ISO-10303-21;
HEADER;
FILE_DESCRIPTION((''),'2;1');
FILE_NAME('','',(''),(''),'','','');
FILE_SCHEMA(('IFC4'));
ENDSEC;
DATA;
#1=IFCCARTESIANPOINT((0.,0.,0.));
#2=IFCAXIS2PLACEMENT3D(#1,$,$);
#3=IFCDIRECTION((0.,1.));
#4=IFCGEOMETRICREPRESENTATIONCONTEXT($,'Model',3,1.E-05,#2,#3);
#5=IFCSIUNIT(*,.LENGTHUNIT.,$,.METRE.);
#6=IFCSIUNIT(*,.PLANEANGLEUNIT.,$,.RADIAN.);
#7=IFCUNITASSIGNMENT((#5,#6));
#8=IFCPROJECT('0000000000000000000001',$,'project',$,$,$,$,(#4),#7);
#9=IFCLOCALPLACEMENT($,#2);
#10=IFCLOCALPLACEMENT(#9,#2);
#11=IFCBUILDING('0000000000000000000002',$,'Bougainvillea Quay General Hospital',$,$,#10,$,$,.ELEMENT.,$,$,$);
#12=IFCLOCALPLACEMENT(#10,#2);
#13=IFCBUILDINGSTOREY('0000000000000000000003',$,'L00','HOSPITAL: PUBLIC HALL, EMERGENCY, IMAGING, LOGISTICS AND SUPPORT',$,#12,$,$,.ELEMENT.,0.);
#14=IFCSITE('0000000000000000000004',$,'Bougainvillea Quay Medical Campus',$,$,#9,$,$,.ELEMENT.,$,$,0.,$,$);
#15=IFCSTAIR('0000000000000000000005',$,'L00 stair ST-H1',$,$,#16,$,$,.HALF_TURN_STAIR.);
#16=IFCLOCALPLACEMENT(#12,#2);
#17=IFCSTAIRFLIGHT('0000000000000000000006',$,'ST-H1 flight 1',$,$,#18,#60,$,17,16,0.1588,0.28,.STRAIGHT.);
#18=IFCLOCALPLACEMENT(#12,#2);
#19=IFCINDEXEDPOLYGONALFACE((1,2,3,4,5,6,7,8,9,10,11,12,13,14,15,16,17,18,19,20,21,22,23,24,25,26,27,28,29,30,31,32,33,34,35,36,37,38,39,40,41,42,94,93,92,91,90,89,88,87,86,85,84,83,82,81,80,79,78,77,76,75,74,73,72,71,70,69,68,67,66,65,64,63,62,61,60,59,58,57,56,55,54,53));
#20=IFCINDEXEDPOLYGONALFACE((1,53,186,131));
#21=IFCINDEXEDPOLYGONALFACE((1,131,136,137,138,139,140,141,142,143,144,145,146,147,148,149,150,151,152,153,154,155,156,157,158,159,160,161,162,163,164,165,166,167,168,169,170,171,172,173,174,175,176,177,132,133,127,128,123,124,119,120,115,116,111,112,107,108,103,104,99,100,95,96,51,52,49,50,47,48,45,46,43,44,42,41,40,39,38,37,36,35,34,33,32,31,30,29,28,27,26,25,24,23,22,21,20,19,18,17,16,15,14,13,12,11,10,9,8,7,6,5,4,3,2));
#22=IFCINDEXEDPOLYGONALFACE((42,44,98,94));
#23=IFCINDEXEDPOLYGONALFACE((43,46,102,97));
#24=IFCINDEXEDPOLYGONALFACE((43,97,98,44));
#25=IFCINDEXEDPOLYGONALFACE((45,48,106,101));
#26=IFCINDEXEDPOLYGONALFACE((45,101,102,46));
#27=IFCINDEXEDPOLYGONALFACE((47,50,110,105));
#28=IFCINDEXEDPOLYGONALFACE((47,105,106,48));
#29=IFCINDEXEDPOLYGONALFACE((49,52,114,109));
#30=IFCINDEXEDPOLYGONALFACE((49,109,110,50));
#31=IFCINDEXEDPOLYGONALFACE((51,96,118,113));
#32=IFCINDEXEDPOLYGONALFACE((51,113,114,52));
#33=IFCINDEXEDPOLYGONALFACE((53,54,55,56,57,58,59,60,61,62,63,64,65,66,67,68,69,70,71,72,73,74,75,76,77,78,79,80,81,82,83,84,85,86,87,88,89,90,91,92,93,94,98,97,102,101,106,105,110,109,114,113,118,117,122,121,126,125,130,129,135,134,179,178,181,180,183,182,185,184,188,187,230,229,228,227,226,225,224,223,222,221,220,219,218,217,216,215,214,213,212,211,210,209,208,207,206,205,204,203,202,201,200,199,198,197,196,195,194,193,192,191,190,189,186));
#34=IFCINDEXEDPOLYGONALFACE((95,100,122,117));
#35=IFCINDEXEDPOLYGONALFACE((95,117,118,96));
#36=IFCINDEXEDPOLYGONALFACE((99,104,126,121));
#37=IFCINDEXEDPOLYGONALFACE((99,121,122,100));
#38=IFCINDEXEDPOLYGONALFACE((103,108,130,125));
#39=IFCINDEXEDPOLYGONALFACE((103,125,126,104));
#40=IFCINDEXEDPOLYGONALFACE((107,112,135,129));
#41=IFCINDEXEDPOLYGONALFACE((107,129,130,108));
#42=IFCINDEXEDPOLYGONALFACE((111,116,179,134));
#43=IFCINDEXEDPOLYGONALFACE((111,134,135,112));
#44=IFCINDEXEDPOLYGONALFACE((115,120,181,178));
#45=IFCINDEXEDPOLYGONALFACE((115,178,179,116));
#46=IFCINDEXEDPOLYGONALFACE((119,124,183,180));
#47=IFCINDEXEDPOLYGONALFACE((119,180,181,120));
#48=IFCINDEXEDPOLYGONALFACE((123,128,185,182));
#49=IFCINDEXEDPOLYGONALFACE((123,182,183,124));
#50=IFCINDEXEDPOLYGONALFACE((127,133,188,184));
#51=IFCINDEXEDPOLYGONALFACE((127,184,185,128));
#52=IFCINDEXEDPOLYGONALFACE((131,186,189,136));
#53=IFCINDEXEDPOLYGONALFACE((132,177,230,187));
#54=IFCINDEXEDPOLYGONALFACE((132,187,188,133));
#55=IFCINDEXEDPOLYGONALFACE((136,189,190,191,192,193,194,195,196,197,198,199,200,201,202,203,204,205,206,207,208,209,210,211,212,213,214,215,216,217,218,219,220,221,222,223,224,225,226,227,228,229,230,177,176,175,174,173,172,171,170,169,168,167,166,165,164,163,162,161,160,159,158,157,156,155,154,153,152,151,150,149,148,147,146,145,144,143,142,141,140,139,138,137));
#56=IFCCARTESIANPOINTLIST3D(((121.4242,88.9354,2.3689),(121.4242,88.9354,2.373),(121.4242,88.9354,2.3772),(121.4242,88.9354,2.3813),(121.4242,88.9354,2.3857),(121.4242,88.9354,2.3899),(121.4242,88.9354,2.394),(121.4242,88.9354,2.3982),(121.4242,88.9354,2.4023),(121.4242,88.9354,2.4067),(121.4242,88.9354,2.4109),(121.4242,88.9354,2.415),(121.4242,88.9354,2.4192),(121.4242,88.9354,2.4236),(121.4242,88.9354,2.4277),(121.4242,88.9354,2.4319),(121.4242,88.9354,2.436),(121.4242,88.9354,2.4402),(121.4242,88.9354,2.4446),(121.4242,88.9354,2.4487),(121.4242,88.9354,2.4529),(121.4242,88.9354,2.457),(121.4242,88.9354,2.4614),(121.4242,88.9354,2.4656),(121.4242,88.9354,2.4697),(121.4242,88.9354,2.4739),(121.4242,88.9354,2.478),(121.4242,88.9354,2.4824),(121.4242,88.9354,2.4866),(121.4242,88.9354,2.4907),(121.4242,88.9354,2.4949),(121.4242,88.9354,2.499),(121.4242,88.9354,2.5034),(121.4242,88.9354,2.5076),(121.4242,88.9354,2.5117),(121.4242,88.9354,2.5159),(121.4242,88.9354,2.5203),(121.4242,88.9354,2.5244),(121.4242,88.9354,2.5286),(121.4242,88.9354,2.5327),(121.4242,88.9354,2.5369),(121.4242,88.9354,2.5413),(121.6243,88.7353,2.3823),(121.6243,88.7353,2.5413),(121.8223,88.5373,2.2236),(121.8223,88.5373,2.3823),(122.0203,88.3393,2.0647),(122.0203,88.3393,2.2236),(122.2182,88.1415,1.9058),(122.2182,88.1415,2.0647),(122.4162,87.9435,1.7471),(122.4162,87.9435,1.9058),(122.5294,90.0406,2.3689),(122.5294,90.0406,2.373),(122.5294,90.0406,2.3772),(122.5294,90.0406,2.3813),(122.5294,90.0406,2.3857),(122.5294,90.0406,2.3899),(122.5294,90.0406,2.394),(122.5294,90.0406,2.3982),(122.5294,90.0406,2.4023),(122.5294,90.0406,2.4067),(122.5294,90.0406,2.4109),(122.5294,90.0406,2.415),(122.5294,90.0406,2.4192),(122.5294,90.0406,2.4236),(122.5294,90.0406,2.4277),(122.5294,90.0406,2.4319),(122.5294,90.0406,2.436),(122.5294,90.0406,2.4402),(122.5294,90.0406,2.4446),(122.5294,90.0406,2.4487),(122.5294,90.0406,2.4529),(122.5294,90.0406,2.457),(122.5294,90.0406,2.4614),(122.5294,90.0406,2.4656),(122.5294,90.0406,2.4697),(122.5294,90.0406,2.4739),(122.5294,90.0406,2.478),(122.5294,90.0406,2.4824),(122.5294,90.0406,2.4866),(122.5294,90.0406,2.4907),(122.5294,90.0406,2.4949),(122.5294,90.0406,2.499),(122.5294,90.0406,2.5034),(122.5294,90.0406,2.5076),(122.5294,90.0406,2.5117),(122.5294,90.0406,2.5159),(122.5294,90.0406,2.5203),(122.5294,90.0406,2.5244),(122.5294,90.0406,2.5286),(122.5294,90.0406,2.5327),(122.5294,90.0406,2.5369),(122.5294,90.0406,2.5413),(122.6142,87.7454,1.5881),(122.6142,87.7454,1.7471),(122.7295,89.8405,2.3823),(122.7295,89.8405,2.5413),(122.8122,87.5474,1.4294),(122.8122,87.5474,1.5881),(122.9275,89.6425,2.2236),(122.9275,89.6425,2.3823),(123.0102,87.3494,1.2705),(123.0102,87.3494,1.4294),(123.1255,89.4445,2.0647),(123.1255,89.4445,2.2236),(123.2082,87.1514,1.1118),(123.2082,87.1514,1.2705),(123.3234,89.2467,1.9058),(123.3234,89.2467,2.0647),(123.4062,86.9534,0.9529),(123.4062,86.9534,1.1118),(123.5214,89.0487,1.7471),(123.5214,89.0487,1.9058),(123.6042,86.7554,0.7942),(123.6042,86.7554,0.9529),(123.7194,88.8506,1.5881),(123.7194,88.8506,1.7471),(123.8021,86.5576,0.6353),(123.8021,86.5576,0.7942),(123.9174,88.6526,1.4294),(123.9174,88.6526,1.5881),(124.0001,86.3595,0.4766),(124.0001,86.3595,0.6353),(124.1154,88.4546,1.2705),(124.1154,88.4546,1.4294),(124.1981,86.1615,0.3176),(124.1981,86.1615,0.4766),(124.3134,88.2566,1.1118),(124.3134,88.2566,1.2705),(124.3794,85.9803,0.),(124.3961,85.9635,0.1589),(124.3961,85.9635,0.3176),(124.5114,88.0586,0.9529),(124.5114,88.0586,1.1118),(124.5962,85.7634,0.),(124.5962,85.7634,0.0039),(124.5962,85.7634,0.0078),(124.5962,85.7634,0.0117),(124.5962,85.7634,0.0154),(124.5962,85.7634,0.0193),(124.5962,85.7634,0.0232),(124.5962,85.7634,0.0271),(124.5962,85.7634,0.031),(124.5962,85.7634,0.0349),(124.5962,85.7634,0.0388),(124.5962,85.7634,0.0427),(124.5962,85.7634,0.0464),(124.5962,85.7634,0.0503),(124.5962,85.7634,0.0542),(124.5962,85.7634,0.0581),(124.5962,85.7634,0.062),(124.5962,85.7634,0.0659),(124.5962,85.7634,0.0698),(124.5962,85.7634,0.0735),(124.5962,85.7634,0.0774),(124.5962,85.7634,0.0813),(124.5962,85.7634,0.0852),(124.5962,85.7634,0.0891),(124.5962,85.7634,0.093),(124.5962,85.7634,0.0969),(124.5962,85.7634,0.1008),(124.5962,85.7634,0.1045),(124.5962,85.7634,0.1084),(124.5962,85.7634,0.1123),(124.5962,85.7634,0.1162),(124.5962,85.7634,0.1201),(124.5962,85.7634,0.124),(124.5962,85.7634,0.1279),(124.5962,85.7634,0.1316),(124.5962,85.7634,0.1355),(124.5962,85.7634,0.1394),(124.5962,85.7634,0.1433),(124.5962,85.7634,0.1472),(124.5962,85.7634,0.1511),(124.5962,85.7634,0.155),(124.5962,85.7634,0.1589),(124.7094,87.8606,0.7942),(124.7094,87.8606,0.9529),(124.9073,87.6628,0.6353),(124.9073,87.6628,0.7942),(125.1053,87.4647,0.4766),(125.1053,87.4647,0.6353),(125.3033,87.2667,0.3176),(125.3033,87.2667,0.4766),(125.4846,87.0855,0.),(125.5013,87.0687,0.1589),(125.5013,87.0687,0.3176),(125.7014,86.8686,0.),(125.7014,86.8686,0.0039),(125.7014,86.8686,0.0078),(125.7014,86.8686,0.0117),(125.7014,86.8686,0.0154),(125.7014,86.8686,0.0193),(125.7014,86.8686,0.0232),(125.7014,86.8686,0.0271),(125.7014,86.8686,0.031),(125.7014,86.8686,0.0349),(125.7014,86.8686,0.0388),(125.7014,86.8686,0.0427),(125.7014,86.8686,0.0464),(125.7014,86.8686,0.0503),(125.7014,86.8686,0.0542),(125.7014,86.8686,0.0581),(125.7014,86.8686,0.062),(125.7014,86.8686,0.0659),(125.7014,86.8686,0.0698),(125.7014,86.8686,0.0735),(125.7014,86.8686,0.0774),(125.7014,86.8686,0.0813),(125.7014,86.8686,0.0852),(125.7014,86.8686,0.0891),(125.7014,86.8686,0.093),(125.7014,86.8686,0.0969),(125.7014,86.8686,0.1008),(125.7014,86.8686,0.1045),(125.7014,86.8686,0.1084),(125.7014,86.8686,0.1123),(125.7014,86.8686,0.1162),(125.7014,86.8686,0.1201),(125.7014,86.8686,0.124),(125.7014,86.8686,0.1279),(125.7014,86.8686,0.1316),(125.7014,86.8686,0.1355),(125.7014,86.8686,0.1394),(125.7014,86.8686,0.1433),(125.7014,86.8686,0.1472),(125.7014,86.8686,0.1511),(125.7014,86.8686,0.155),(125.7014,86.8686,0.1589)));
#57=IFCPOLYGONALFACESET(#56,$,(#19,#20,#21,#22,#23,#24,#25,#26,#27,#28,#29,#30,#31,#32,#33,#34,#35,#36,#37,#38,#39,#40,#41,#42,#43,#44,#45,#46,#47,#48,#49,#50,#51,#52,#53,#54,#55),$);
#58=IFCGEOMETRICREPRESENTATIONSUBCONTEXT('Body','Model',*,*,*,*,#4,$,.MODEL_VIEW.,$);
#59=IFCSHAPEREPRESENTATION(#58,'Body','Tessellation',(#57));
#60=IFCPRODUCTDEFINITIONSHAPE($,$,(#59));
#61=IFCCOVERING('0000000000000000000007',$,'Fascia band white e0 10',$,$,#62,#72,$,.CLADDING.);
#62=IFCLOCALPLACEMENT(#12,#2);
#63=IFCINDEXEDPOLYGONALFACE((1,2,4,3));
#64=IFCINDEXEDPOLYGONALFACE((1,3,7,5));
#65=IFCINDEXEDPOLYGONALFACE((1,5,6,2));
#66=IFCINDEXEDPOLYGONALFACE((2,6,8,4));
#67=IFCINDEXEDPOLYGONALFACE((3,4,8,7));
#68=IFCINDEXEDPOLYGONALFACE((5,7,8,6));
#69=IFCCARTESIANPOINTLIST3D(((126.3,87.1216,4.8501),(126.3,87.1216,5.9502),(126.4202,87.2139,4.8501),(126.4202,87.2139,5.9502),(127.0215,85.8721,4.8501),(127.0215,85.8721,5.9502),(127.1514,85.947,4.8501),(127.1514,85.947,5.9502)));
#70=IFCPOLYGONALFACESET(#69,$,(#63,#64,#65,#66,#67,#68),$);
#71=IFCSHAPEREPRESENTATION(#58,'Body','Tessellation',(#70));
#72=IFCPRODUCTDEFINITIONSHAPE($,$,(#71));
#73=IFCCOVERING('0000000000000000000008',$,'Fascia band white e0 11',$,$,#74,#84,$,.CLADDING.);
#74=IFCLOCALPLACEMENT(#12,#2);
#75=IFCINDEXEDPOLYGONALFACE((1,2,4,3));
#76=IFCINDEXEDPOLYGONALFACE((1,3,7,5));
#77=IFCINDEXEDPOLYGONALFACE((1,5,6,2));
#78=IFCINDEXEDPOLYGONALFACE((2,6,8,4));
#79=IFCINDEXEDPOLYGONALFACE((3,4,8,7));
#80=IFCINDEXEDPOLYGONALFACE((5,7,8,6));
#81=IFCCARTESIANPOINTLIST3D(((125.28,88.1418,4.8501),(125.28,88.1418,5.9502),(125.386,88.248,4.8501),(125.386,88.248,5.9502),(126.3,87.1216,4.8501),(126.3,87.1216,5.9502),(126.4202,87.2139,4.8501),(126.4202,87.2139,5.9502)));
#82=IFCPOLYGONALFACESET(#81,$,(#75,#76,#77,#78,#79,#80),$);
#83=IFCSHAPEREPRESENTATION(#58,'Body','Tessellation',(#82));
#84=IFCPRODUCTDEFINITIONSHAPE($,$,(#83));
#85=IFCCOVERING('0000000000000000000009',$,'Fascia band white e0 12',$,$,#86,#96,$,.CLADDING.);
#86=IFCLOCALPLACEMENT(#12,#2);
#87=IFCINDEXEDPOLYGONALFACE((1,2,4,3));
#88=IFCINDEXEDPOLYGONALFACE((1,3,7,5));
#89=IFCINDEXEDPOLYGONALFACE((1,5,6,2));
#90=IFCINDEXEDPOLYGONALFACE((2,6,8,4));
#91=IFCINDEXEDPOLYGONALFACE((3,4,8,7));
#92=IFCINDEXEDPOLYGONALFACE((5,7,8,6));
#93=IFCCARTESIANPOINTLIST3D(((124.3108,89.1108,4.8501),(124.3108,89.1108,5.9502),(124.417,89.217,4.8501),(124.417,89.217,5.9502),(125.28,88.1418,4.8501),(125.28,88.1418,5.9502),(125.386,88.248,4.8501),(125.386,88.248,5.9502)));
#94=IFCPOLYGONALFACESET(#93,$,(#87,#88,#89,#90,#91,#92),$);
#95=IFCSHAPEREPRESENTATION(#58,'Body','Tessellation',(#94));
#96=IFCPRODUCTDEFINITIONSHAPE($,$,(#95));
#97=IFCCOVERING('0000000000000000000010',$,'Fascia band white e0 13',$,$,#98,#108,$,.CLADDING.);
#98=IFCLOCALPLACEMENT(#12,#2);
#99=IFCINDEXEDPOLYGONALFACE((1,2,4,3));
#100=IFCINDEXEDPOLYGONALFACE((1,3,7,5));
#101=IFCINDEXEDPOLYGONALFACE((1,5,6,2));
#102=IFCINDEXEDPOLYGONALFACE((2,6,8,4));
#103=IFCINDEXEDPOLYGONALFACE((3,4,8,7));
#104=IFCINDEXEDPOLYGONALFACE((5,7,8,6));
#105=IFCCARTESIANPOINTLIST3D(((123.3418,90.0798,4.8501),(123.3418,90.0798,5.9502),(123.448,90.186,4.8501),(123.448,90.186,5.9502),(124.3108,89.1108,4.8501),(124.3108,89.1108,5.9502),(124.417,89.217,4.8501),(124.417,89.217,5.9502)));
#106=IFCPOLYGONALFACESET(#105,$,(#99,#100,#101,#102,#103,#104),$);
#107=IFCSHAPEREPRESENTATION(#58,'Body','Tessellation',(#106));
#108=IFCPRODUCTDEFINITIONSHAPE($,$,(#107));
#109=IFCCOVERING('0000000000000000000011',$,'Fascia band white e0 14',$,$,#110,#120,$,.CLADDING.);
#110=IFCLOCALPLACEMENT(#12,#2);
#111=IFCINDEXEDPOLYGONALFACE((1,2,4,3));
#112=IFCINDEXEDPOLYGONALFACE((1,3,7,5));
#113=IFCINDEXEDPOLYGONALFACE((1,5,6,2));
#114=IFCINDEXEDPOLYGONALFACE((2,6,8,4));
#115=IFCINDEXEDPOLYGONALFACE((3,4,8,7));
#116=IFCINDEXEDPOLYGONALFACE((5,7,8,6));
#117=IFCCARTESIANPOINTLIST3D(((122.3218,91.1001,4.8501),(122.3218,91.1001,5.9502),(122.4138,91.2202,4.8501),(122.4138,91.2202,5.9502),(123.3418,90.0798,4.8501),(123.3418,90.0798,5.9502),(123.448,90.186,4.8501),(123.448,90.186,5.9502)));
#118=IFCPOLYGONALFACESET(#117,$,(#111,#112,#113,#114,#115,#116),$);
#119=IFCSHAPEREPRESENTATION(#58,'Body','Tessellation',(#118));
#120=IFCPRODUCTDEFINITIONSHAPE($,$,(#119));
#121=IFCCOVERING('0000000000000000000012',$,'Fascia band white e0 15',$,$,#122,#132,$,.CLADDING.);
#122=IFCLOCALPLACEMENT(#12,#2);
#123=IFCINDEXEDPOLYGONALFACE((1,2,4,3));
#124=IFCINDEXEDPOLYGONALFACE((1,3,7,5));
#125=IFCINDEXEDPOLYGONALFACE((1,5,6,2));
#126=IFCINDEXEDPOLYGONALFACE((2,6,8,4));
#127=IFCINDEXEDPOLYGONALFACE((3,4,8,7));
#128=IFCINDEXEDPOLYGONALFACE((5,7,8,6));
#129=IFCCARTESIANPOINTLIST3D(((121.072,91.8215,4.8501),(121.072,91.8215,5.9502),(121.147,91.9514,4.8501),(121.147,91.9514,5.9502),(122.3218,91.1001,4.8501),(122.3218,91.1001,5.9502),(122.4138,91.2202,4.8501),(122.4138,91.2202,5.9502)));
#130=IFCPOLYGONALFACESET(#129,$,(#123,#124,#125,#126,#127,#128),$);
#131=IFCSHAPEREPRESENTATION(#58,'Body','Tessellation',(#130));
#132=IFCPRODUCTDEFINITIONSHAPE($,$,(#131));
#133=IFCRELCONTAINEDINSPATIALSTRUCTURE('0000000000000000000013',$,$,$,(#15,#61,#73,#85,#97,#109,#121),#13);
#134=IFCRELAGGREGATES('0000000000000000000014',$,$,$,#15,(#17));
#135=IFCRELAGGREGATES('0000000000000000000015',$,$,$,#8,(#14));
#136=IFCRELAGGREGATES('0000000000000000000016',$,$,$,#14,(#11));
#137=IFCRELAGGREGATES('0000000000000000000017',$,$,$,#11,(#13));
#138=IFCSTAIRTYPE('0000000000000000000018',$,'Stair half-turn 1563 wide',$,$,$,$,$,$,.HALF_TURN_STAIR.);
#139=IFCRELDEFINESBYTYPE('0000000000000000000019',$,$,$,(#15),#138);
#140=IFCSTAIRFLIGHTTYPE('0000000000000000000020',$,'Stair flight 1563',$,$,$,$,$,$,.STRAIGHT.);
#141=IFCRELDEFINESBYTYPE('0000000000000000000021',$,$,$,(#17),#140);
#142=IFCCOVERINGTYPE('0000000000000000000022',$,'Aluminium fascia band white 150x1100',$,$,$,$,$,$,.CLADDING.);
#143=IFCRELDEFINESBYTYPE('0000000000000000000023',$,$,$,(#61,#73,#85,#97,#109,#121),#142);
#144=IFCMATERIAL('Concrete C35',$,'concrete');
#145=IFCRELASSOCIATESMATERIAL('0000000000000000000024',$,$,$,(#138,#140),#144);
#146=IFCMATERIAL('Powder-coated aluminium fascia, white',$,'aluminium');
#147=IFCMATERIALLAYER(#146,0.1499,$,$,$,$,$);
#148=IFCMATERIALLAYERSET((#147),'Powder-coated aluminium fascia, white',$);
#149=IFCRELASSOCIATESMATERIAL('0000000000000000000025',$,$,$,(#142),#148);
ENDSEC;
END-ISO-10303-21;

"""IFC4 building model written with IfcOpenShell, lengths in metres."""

from ifc_helpers import new_model, si_unit, direction, frame, origin, place, context, subcontext, project, spatial, polyline, outline, extrude, material, layer, layer_set, type_object, element, aggregate, save


model = new_model("IFC4")

# Units and contexts
model_context = context("Model", 3, precision=1e-05, world=origin(), true_north=direction((0.0, 1.0)))
body_context = subcontext(model_context, "Body", "Model", "MODEL_VIEW")
ifc_project = project(units=[si_unit("LENGTHUNIT", "METRE"), si_unit("PLANEANGLEUNIT", "RADIAN")], contexts=[model_context])

# Site, building, storey
site_placement = place(None, origin())
site = spatial("IfcSite", under=ifc_project, at=site_placement, Name="Bougainvillea Quay Medical Campus", CompositionType="ELEMENT", RefElevation=0.0)
building_placement = place(site_placement, origin())
building = spatial("IfcBuilding", under=site, at=building_placement, Name="Bougainvillea Quay General Hospital", CompositionType="ELEMENT")
storey_placement = place(building_placement, origin())
storey = spatial("IfcBuildingStorey", under=building, at=storey_placement, Name="L00", Description="HOSPITAL: PUBLIC HALL, EMERGENCY, IMAGING, LOGISTICS AND SUPPORT", CompositionType="ELEMENT", Elevation=0.0)

# Stair, stair flight
ifc_material_1 = material(Name="Concrete C35", Category="concrete")
stair_type = type_object("IfcStairType", Name="Stair half-turn 1563 wide", PredefinedType="HALF_TURN_STAIR", material=ifc_material_1)
stair_placement = place(storey_placement, origin())
stair = element("IfcStair", 1, at=stair_placement, inside=storey, type_object=stair_type, Name="L00 stair ST-H1", PredefinedType="HALF_TURN_STAIR")
stair_flight_type = type_object("IfcStairFlightType", Name="Stair flight 1563", PredefinedType="STRAIGHT", material=ifc_material_1)
stair_flight_placement = place(storey_placement, frame((125.1467, 86.3181, 0.0), z_axis=(0.0, 0.0, 1.0), x_axis=(-0.707107, 0.707107, 0.0)))
stair_flight = element("IfcStairFlight", 2, at=stair_flight_placement, type_object=stair_flight_type, Name="ST-H1 flight 1", NumberOfRisers=17, NumberOfTreads=16, PredefinedType="STRAIGHT", RiserHeight=0.1588, TreadLength=0.28, context=body_context, shape_type="SweptSolid", body=[
    extrude(outline(polyline([(-0.0029, 0.0), (-0.0029, 0.0039), (-0.0029, 0.0078), (-0.0029, 0.0117), (-0.0029, 0.0154), (-0.0029, 0.0193), (-0.0029, 0.0232), (-0.0029, 0.0271), (-0.0029, 0.031), (-0.0029, 0.0349), (-0.0029, 0.0388), (-0.0029, 0.0427), (-0.0029, 0.0464), (-0.0029, 0.0503), (-0.0029, 0.0542), (-0.0029, 0.0581), (-0.0029, 0.062), (-0.0029, 0.0659), (-0.0029, 0.0698), (-0.0029, 0.0735), (-0.0029, 0.0774), (-0.0029, 0.0813), (-0.0029, 0.0852), (-0.0029, 0.0891), (-0.0029, 0.093), (-0.0029, 0.0969), (-0.0029, 0.1008), (-0.0029, 0.1045), (-0.0029, 0.1084), (-0.0029, 0.1123), (-0.0029, 0.1162), (-0.0029, 0.1201), (-0.0029, 0.124), (-0.0029, 0.1279), (-0.0029, 0.1316), (-0.0029, 0.1355), (-0.0029, 0.1394), (-0.0029, 0.1433), (-0.0029, 0.1472), (-0.0029, 0.1511), (-0.0029, 0.155), (-0.0029, 0.1589), (0.28, 0.1589), (0.28, 0.3176), (0.5601, 0.3176), (0.5601, 0.4766), (0.8401, 0.4766), (0.8401, 0.6353), (1.1201, 0.6353), (1.1201, 0.7942), (1.3999, 0.7942), (1.3999, 0.9529), (1.6799, 0.9529), (1.6799, 1.1118), (1.96, 1.1118), (1.96, 1.2705), (2.24, 1.2705), (2.24, 1.4294), (2.52, 1.4294), (2.52, 1.5881), (2.8, 1.5881), (2.8, 1.7471), (3.0801, 1.7471), (3.0801, 1.9058), (3.3601, 1.9058), (3.3601, 2.0647), (3.6399, 2.0647), (3.6399, 2.2236), (3.9199, 2.2236), (3.9199, 2.3823), (4.2, 2.3823), (4.2, 2.5413), (4.4829, 2.5413), (4.4829, 2.5369), (4.4829, 2.5327), (4.4829, 2.5286), (4.4829, 2.5244), (4.4829, 2.5203), (4.4829, 2.5159), (4.4829, 2.5117), (4.4829, 2.5076), (4.4829, 2.5034), (4.4829, 2.499), (4.4829, 2.4949), (4.4829, 2.4907), (4.4829, 2.4866), (4.4829, 2.4824), (4.4829, 2.478), (4.4829, 2.4739), (4.4829, 2.4697), (4.4829, 2.4656), (4.4829, 2.4614), (4.4829, 2.457), (4.4829, 2.4529), (4.4829, 2.4487), (4.4829, 2.4446), (4.4829, 2.4402), (4.4829, 2.436), (4.4829, 2.4319), (4.4829, 2.4277), (4.4829, 2.4236), (4.4829, 2.4192), (4.4829, 2.415), (4.4829, 2.4109), (4.4829, 2.4067), (4.4829, 2.4023), (4.4829, 2.3982), (4.4829, 2.394), (4.4829, 2.3899), (4.4829, 2.3857), (4.4829, 2.3813), (4.4829, 2.3772), (4.4829, 2.373), (4.4829, 2.3689), (0.3037, 0.0), (-0.0029, 0.0)])), frame((0.0, 0.7815, 0.0), z_axis=(0.0, -1.0, 0.0), x_axis=(1.0, 0.0, 0.0)), (0.0, 0.0, 1.0), 1.563),
])
aggregate(stair, [stair_flight])

# Coverings
ifc_material_2 = material(Name="Powder-coated aluminium fascia, white", Category="aluminium")
ifc_layer_1 = layer(ifc_material_2, 0.1499)
ifc_layer_set_1 = layer_set([ifc_layer_1], Name="Powder-coated aluminium fascia, white")
covering_type = type_object("IfcCoveringType", Name="Aluminium fascia band white 150x1100", PredefinedType="CLADDING", material=ifc_layer_set_1)
covering_1_placement = place(storey_placement, frame((127.0215, 85.8721, 4.8501), z_axis=(0.0, 0.0, 1.0), x_axis=(-0.500015, 0.866017, 0.0)))
element("IfcCovering", 3, at=covering_1_placement, inside=storey, type_object=covering_type, Name="Fascia band white e0 10", PredefinedType="CLADDING", context=body_context, shape_type="SweptSolid", body=[
    extrude(outline(polyline([(0.0, 0.0), (1.4428, 0.0), (1.4627, -0.1502), (0.0, -0.15), (0.0, 0.0)])), origin(), (0.0, 0.0, 1.0), 1.1001),
])
covering_2_placement = place(storey_placement, frame((126.3, 87.1216, 4.8501), z_axis=(0.0, 0.0, 1.0), x_axis=(-0.707022, 0.707191, 0.0)))
element("IfcCovering", 4, at=covering_2_placement, inside=storey, type_object=covering_type, Name="Fascia band white e0 11", PredefinedType="CLADDING", context=body_context, shape_type="SweptSolid", body=[
    extrude(outline(polyline([(0.0, 0.0), (1.4427, 0.0), (1.4429, -0.15), (-0.0197, -0.1502), (0.0, 0.0)])), origin(), (0.0, 0.0, 1.0), 1.1001),
])
covering_3_placement = place(storey_placement, frame((125.28, 88.1418, 4.8501), z_axis=(0.0, 0.0, 1.0), x_axis=(-0.707196, 0.707018, 0.0)))
element("IfcCovering", 5, at=covering_3_placement, inside=storey, type_object=covering_type, Name="Fascia band white e0 12", PredefinedType="CLADDING", context=body_context, shape_type="SweptSolid", body=[
    extrude(outline(polyline([(0.0, 0.0), (1.3705, 0.0), (1.3705, -0.1502), (0.0002, -0.15), (0.0, 0.0)])), origin(), (0.0, 0.0, 1.0), 1.1001),
])
covering_4_placement = place(storey_placement, frame((124.3108, 89.1108, 4.8501), z_axis=(0.0, 0.0, 1.0), x_axis=(-0.707107, 0.707107, 0.0)))
element("IfcCovering", 6, at=covering_4_placement, inside=storey, type_object=covering_type, Name="Fascia band white e0 13", PredefinedType="CLADDING", context=body_context, shape_type="SweptSolid", body=[
    extrude(outline(polyline([(0.0, 0.0), (1.3704, 0.0), (1.3704, -0.1502), (0.0, -0.1502), (0.0, 0.0)])), origin(), (0.0, 0.0, 1.0), 1.1001),
])
covering_5_placement = place(storey_placement, frame((123.3418, 90.0798, 4.8501), z_axis=(0.0, 0.0, 1.0), x_axis=(-0.707022, 0.707191, 0.0)))
element("IfcCovering", 7, at=covering_5_placement, inside=storey, type_object=covering_type, Name="Fascia band white e0 14", PredefinedType="CLADDING", context=body_context, shape_type="SweptSolid", body=[
    extrude(outline(polyline([(0.0, 0.0), (1.4427, 0.0), (1.4626, -0.15), (0.0, -0.1502), (0.0, 0.0)])), origin(), (0.0, 0.0, 1.0), 1.1001),
])
covering_6_placement = place(storey_placement, frame((122.3218, 91.1001, 4.8501), z_axis=(0.0, 0.0, 1.0), x_axis=(-0.866059, 0.499942, 0.0)))
element("IfcCovering", 8, at=covering_6_placement, inside=storey, type_object=covering_type, Name="Fascia band white e0 15", PredefinedType="CLADDING", context=body_context, shape_type="SweptSolid", body=[
    extrude(outline(polyline([(0.0, 0.0), (1.443, 0.0), (1.4431, -0.15), (-0.0197, -0.15), (0.0, 0.0)])), origin(), (0.0, 0.0, 1.0), 1.1001),
])

save(model, "model.ifc")
